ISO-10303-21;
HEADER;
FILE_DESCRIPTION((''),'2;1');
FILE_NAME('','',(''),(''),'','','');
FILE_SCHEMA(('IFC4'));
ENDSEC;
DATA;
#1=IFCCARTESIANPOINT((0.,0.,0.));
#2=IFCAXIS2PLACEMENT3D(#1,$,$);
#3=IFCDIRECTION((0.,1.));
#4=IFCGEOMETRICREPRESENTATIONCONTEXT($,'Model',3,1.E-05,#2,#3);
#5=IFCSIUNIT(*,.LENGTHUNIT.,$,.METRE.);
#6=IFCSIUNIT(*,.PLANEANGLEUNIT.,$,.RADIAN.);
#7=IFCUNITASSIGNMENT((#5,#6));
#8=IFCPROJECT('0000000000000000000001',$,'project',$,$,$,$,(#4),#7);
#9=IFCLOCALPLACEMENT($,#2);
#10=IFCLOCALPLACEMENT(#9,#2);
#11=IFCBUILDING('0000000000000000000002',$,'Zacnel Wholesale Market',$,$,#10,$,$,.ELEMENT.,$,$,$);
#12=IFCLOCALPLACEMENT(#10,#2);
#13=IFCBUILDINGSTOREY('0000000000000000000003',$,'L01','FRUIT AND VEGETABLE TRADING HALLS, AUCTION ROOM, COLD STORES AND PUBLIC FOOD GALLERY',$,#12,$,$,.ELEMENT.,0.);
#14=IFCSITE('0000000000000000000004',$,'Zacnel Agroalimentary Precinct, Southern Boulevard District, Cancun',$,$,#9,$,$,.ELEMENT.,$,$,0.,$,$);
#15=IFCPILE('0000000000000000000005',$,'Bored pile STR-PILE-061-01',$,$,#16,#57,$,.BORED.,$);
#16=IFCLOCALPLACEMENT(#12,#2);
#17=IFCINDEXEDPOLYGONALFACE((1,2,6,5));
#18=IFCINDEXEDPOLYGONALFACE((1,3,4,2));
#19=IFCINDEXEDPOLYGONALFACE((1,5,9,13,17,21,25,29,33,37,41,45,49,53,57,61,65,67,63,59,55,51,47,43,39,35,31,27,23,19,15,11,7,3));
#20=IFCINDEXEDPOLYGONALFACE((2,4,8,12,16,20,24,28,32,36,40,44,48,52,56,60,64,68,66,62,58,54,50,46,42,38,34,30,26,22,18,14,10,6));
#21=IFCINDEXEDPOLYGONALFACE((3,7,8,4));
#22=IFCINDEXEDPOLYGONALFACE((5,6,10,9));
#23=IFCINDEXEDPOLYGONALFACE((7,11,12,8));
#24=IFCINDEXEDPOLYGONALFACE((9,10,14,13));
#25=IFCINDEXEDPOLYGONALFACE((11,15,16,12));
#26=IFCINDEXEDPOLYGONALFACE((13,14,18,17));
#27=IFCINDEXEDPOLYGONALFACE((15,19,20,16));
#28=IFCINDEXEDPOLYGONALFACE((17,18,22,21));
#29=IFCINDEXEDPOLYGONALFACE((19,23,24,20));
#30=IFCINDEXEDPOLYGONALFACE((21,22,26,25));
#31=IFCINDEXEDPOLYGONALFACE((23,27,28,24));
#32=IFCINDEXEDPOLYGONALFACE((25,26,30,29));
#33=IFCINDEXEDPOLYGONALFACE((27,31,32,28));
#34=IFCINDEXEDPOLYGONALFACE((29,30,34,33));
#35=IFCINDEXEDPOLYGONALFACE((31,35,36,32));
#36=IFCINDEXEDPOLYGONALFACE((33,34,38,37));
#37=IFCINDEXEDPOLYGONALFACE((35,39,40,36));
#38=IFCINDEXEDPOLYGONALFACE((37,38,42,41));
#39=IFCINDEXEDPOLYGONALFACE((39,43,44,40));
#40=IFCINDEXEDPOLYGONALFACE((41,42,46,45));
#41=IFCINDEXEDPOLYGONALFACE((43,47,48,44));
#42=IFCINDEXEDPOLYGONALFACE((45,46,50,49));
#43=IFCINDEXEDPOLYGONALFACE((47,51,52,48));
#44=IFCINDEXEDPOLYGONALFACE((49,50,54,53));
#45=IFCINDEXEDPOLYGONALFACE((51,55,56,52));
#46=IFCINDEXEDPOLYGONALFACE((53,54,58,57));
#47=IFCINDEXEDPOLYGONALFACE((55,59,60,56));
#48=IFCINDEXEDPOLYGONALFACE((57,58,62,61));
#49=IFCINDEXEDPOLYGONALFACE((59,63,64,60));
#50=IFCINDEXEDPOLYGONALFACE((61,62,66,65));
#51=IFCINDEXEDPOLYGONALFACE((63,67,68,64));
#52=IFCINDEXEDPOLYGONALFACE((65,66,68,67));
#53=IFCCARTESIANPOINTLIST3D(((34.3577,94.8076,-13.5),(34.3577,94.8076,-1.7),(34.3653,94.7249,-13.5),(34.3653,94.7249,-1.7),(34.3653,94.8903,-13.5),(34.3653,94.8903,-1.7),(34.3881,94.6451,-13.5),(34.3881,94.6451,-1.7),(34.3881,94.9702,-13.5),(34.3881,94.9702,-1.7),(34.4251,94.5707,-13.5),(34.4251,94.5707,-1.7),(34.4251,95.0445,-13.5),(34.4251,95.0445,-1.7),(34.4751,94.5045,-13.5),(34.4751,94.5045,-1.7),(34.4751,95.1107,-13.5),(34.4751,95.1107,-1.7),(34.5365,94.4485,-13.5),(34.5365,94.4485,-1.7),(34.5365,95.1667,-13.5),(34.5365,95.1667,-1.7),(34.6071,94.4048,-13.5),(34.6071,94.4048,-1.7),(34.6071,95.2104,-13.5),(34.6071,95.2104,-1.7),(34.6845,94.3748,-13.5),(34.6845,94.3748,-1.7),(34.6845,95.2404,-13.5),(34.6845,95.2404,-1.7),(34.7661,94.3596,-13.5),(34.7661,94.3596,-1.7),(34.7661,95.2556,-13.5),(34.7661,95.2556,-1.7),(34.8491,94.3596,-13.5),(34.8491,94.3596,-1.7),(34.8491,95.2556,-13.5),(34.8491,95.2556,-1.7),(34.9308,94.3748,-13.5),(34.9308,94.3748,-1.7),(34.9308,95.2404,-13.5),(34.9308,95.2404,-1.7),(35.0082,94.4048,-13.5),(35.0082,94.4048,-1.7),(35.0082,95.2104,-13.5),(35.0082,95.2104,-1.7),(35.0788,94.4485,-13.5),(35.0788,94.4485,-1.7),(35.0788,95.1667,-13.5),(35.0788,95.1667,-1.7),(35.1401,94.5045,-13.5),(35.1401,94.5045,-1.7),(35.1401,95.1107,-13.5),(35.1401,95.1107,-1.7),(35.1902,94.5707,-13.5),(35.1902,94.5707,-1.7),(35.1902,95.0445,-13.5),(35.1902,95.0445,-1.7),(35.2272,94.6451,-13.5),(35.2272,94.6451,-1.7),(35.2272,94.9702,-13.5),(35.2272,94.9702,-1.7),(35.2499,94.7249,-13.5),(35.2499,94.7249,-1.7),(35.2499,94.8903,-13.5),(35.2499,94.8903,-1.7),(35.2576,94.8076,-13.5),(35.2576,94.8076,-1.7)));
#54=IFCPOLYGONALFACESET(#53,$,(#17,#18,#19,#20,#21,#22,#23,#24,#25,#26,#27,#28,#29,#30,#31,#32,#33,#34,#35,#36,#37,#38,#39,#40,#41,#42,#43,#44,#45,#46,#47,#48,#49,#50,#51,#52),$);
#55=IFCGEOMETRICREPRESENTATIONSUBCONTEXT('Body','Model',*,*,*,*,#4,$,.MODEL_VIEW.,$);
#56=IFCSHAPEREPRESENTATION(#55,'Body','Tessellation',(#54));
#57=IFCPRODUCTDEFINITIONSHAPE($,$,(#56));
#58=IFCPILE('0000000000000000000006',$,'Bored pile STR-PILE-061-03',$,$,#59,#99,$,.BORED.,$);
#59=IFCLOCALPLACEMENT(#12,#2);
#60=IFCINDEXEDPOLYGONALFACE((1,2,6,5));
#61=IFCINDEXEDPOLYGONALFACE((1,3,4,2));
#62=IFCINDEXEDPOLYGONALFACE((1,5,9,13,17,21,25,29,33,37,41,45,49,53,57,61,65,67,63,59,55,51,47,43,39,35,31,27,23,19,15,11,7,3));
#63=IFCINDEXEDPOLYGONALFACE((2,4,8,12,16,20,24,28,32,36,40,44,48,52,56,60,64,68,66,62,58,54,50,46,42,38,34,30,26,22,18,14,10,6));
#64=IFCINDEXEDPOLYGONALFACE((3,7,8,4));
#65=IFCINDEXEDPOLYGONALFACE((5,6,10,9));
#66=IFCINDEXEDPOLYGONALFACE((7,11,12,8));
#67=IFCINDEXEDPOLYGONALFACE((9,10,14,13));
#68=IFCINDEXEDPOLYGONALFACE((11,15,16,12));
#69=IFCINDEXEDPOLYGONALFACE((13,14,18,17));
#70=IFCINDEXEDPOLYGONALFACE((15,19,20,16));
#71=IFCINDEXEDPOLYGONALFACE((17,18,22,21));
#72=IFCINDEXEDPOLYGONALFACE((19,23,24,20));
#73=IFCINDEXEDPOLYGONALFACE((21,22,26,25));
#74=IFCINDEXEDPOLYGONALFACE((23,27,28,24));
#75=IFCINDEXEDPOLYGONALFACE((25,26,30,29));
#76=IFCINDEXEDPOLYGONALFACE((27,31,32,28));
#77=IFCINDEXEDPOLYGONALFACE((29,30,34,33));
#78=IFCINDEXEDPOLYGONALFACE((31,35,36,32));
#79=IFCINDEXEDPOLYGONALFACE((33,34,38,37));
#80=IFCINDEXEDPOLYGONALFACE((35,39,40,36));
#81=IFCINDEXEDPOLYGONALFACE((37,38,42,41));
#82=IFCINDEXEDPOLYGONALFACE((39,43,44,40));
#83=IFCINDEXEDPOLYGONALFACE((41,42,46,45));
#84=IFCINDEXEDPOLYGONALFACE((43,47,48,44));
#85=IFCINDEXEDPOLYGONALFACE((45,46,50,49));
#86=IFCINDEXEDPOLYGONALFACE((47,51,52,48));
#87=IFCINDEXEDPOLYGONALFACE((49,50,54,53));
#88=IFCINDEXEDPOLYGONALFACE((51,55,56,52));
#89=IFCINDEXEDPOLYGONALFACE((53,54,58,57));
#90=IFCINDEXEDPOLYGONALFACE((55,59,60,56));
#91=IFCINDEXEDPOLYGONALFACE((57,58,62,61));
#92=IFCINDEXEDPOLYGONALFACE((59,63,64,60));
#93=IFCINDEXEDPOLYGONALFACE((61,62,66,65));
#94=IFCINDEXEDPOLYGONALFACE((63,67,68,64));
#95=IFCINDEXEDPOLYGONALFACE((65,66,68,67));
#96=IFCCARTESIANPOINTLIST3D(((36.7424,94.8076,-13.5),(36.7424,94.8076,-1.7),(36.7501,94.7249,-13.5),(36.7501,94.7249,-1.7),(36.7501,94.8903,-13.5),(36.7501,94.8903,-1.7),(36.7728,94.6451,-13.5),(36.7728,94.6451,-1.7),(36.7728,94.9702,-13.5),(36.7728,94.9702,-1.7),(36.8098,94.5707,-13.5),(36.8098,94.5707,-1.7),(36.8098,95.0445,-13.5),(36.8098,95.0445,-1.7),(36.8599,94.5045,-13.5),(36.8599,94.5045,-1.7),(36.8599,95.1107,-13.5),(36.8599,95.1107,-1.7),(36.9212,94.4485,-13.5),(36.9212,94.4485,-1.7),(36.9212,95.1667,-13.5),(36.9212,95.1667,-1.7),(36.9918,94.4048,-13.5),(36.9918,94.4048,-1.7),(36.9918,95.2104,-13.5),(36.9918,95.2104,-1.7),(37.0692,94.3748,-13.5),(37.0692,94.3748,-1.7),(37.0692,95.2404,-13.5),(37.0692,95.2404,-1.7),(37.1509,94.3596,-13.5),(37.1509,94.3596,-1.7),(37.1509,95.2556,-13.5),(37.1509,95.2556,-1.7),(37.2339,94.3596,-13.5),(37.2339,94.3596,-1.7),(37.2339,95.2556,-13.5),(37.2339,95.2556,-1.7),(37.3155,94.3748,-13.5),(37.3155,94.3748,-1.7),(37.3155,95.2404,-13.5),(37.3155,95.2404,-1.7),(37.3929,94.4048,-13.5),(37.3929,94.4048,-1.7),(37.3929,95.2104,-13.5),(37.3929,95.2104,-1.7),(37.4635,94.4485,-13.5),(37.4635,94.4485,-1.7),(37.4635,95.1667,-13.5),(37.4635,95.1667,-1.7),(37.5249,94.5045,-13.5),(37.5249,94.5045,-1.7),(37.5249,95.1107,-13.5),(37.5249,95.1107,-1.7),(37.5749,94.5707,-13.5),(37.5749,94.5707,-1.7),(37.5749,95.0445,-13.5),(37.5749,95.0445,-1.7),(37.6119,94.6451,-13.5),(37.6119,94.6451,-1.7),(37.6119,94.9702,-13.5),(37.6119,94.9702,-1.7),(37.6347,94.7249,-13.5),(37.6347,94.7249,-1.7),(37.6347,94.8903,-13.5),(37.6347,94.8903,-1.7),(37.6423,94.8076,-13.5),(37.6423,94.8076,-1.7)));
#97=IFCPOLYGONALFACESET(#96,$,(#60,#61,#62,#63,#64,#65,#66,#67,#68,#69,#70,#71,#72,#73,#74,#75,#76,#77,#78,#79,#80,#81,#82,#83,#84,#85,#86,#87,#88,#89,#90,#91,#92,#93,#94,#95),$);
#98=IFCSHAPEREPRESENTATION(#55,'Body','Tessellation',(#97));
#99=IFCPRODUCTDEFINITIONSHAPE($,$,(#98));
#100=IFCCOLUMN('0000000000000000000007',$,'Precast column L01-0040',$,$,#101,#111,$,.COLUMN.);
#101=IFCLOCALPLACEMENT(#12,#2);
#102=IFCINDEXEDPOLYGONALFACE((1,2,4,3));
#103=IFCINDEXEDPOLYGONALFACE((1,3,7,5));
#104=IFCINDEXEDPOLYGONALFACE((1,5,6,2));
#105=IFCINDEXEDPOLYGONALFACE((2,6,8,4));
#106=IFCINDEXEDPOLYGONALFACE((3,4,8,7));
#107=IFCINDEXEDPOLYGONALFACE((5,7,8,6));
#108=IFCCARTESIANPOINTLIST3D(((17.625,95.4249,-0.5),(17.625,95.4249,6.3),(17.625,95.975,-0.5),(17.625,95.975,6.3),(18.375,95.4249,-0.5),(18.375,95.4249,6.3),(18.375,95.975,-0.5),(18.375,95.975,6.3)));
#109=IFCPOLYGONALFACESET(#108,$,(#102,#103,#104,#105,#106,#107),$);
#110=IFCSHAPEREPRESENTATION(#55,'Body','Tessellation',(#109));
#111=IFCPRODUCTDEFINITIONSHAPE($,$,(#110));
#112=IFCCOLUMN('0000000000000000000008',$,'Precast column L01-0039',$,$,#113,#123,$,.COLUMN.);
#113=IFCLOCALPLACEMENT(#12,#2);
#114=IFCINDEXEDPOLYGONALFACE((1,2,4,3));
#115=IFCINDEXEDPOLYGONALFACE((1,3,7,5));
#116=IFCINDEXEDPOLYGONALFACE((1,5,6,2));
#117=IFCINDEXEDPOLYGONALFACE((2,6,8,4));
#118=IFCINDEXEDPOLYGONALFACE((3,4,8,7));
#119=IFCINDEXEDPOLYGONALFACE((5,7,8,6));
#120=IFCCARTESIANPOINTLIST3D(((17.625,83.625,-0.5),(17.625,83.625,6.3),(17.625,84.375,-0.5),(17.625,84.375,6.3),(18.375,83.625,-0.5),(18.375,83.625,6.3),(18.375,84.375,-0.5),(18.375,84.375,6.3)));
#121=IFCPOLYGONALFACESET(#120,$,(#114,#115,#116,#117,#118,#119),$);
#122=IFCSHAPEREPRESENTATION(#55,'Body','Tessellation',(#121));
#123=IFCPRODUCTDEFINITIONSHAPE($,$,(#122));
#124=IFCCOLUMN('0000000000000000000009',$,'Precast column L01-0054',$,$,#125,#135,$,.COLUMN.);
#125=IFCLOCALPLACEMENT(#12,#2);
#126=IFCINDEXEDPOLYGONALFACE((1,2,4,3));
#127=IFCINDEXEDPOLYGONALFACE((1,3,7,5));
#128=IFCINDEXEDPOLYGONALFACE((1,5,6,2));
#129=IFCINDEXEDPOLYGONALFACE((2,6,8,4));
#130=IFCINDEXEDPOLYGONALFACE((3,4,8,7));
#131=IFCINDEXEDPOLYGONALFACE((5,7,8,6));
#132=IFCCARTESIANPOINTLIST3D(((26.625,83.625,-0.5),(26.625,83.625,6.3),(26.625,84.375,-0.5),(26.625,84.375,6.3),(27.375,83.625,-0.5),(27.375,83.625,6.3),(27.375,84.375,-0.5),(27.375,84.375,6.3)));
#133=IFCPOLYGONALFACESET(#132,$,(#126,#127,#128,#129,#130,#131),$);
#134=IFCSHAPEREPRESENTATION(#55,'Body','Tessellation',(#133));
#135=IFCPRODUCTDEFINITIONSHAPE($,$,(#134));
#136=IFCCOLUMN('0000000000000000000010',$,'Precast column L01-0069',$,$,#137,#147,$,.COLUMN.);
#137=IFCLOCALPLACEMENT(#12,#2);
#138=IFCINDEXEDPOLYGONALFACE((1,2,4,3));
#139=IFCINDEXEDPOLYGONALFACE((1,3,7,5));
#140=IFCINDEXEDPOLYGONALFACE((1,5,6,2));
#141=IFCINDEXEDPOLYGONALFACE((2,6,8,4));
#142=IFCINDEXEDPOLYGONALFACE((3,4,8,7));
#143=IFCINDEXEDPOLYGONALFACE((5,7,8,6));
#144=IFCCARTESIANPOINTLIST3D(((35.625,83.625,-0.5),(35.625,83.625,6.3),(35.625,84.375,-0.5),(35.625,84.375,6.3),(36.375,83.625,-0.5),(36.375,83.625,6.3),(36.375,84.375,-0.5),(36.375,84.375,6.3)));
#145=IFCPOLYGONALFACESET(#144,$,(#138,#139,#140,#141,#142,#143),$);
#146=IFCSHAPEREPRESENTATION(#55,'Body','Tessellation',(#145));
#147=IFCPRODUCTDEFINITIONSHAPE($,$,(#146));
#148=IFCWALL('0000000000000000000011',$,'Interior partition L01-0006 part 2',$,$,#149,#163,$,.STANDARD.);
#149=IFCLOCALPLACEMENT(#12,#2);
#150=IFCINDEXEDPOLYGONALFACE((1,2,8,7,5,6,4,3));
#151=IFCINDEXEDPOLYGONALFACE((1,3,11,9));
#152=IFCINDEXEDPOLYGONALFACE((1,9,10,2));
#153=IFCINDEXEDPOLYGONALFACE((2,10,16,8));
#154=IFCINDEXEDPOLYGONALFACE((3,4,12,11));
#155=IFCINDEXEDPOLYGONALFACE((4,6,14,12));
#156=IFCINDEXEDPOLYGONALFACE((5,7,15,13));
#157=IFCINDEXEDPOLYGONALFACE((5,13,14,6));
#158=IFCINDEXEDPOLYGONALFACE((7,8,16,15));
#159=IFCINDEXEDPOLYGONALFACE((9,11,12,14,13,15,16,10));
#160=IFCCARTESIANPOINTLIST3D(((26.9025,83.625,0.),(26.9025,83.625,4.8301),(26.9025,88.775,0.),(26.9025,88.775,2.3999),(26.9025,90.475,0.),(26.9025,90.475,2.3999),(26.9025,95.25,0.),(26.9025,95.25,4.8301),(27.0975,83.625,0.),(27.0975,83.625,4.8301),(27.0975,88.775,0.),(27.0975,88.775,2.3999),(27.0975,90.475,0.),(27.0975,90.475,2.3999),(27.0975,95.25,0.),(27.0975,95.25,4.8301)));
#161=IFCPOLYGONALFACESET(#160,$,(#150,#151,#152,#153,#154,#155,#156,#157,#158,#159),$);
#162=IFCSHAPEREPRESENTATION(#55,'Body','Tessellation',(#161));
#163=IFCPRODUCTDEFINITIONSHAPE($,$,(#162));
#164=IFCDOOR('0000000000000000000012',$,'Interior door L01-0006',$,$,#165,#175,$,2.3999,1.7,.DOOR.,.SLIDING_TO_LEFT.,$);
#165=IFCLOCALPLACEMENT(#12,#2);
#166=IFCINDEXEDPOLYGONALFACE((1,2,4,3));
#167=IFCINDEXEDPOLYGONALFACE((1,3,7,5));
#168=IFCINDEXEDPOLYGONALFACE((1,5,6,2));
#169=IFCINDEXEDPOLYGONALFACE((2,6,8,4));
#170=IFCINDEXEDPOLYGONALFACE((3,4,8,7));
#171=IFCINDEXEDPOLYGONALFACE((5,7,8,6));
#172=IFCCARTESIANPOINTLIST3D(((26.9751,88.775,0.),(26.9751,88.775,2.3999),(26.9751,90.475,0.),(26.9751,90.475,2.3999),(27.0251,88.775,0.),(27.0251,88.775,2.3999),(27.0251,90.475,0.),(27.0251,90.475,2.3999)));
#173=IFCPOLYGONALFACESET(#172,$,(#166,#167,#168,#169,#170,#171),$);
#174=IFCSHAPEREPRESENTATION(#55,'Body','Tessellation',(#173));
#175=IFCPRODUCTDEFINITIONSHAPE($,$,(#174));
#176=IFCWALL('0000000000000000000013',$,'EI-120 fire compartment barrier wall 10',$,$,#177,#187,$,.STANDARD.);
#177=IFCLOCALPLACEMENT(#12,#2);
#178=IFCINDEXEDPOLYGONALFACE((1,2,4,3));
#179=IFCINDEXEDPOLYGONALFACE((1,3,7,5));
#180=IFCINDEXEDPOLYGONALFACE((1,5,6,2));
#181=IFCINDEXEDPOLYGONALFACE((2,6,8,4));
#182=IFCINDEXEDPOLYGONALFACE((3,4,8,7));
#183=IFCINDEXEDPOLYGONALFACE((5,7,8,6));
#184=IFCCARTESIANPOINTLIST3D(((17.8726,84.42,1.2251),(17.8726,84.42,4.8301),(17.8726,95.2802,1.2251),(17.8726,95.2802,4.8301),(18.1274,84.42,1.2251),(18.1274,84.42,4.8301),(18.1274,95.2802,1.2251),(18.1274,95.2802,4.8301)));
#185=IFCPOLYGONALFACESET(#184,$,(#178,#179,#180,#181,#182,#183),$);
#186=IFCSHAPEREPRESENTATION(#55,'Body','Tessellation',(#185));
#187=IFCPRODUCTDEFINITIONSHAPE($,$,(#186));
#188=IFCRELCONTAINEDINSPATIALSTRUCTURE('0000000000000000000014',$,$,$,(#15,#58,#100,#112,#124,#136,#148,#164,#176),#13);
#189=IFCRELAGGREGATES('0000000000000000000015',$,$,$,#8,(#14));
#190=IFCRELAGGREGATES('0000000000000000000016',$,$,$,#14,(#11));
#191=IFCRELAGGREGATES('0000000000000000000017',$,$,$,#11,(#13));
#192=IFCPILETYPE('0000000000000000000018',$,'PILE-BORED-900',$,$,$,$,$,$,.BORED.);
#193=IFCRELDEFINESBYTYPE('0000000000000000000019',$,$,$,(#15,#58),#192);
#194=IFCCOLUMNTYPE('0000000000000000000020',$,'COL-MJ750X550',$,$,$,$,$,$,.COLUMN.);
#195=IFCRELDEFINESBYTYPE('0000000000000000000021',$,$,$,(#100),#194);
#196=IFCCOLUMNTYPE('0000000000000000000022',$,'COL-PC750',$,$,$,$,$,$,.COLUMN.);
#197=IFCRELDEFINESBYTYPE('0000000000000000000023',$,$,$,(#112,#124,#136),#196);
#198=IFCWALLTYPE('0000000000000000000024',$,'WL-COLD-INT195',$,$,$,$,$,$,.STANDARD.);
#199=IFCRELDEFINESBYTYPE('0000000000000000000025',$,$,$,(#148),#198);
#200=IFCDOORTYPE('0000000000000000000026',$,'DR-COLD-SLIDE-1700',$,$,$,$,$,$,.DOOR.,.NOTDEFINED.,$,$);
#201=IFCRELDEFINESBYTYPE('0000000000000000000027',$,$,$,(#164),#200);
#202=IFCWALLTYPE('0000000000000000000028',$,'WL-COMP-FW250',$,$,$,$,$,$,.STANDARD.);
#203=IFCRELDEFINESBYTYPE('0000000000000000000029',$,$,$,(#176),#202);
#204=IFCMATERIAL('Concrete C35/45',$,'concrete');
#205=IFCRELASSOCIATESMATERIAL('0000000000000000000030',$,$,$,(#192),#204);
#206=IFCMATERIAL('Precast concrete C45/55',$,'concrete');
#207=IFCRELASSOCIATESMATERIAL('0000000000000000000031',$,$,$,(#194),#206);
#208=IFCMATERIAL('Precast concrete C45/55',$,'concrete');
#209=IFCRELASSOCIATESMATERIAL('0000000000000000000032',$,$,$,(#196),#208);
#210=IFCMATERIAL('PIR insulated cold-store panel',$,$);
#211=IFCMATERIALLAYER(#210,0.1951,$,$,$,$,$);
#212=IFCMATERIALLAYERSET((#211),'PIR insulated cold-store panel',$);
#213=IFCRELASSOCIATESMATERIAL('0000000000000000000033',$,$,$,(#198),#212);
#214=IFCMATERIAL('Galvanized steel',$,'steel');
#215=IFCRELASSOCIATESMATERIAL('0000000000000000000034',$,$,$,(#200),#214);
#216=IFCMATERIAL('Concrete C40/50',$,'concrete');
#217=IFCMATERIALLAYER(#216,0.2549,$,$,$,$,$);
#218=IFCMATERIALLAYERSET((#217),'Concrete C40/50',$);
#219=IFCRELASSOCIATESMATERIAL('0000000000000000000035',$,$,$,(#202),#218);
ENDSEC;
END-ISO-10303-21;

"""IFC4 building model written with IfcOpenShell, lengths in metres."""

from ifc_helpers import new_model, si_unit, direction, frame, frame_2d, origin, origin_2d, place, context, subcontext, project, spatial, rectangle, circle, extrude, material, layer, layer_set, material_profile, profile_set, type_object, element, fill, save


model = new_model("IFC4")

# Units and contexts
model_context = context("Model", 3, precision=1e-05, world=origin(), true_north=direction((0.0, 1.0)))
body_context = subcontext(model_context, "Body", "Model", "MODEL_VIEW")
ifc_project = project(units=[si_unit("LENGTHUNIT", "METRE"), si_unit("PLANEANGLEUNIT", "RADIAN")], contexts=[model_context])

# Site, building, storey
site_placement = place(None, origin())
site = spatial("IfcSite", under=ifc_project, at=site_placement, Name="Zacnel Agroalimentary Precinct, Southern Boulevard District, Cancun", CompositionType="ELEMENT", RefElevation=0.0)
building_placement = place(site_placement, origin())
building = spatial("IfcBuilding", under=site, at=building_placement, Name="Zacnel Wholesale Market", CompositionType="ELEMENT")
storey_placement = place(building_placement, origin())
storey = spatial("IfcBuildingStorey", under=building, at=storey_placement, Name="L01", Description="FRUIT AND VEGETABLE TRADING HALLS, AUCTION ROOM, COLD STORES AND PUBLIC FOOD GALLERY", CompositionType="ELEMENT", Elevation=0.0)

# Piles
ifc_material_1 = material(Name="Concrete C35/45", Category="concrete")
ifc_material_profile_1 = material_profile(ifc_material_1, circle(Radius=0.45, at=origin_2d()), Name="BORED PILE D900")
ifc_profile_set_1 = profile_set([ifc_material_profile_1], Name="Concrete C35/45")
pile_type = type_object("IfcPileType", Name="PILE-BORED-900", PredefinedType="BORED", material=ifc_profile_set_1)
for number, where, z_axis, x_axis, name in (
    (1, (34.8076, 94.8076, -1.7), (0.0, 0.0, -1.0), (1.0, 0.0, 0.0), "Bored pile STR-PILE-061-01"),
    (2, (37.1924, 94.8076, -1.7), (0.0, 0.0, -1.0), (1.0, 0.0, 0.0), "Bored pile STR-PILE-061-03"),
):
    element("IfcPile", number, at=place(storey_placement, frame(where, z_axis=z_axis, x_axis=x_axis)), inside=storey, type_object=pile_type, Name=name, PredefinedType="BORED", context=body_context, shape_type="SweptSolid", body=[
        extrude(circle(Radius=0.45, at=origin_2d()), origin(), (0.0, 0.0, 1.0), 11.8),
    ])

# Columns
ifc_material_2 = material(Name="Precast concrete C45/55", Category="concrete")
ifc_material_profile_2 = material_profile(ifc_material_2, rectangle(XDim=0.75, YDim=0.55, at=origin_2d()), Name="PC 750x550")
ifc_profile_set_2 = profile_set([ifc_material_profile_2], Name="Precast concrete C45/55")
column_type_1 = type_object("IfcColumnType", Name="COL-MJ750X550", PredefinedType="COLUMN", material=ifc_profile_set_2)
column_placement = place(storey_placement, frame((18.0, 95.7, -0.5), z_axis=(0.0, 0.0, 1.0), x_axis=(1.0, 0.0, 0.0)))
element("IfcColumn", 3, at=column_placement, inside=storey, type_object=column_type_1, Name="Precast column L01-0040", PredefinedType="COLUMN", context=body_context, shape_type="SweptSolid", body=[
    extrude(rectangle(XDim=0.75, YDim=0.55, at=origin_2d()), origin(), (0.0, 0.0, 1.0), 6.8),
])
ifc_material_3 = material(Name="Precast concrete C45/55", Category="concrete")
ifc_material_profile_3 = material_profile(ifc_material_3, rectangle(XDim=0.75, YDim=0.75, at=origin_2d()), Name="PC 750x750")
ifc_profile_set_3 = profile_set([ifc_material_profile_3], Name="Precast concrete C45/55")
column_type_2 = type_object("IfcColumnType", Name="COL-PC750", PredefinedType="COLUMN", material=ifc_profile_set_3)
for number, where, z_axis, x_axis, name in (
    (4, (18.0, 84.0, -0.5), (0.0, 0.0, 1.0), (1.0, 0.0, 0.0), "Precast column L01-0039"),
    (5, (27.0, 84.0, -0.5), (0.0, 0.0, 1.0), (1.0, 0.0, 0.0), "Precast column L01-0054"),
    (6, (36.0, 84.0, -0.5), (0.0, 0.0, 1.0), (1.0, 0.0, 0.0), "Precast column L01-0069"),
):
    element("IfcColumn", number, at=place(storey_placement, frame(where, z_axis=z_axis, x_axis=x_axis)), inside=storey, type_object=column_type_2, Name=name, PredefinedType="COLUMN", context=body_context, shape_type="SweptSolid", body=[
        extrude(rectangle(XDim=0.75, YDim=0.75, at=origin_2d()), origin(), (0.0, 0.0, 1.0), 6.8),
    ])

# Wall, opening, door
ifc_material_4 = material(Name="PIR insulated cold-store panel")
ifc_layer_1 = layer(ifc_material_4, 0.1951)
ifc_layer_set_1 = layer_set([ifc_layer_1], Name="PIR insulated cold-store panel")
wall_type_1 = type_object("IfcWallType", Name="WL-COLD-INT195", PredefinedType="STANDARD", material=ifc_layer_set_1)
wall_1_placement = place(storey_placement, frame((27.0, 83.625, 0.0), z_axis=(0.0, 0.0, 1.0), x_axis=(0.0, 1.0, 0.0)))
wall_1 = element("IfcWall", 7, at=wall_1_placement, inside=storey, type_object=wall_type_1, Name="Interior partition L01-0006 part 2", PredefinedType="STANDARD", context=body_context, shape_type="SweptSolid", body=[
    extrude(rectangle(XDim=11.625, YDim=0.1951, at=frame_2d((5.8125, 0.0))), origin(), (0.0, 0.0, 1.0), 4.8301),
])
opening_placement = place(wall_1_placement, frame((5.1499, 0.0, 0.0)))
opening = element("IfcOpeningElement", 8, at=opening_placement, cuts=wall_1, PredefinedType="OPENING", context=body_context, shape_type="SweptSolid", body=[
    extrude(rectangle(XDim=1.7, YDim=2.3999, at=frame_2d((0.8501, 1.2))), frame((0.0, 0.1074, 0.0), z_axis=(0.0, -1.0, 0.0), x_axis=(1.0, 0.0, 0.0)), (0.0, 0.0, 1.0), 0.2151),
])
ifc_material_5 = material(Name="Galvanized steel", Category="steel")
door_type = type_object("IfcDoorType", Name="DR-COLD-SLIDE-1700", OperationType="NOTDEFINED", PredefinedType="DOOR", material=ifc_material_5)
door_placement = place(opening_placement, origin())
door = element("IfcDoor", 9, at=door_placement, inside=storey, type_object=door_type, Name="Interior door L01-0006", OperationType="SLIDING_TO_LEFT", OverallHeight=2.3999, OverallWidth=1.7, PredefinedType="DOOR", context=body_context, shape_type="SweptSolid", body=[
    extrude(rectangle(XDim=1.7, YDim=2.3999, at=frame_2d((0.8501, 1.2))), frame((0.0, 0.0249, 0.0), z_axis=(0.0, -1.0, 0.0), x_axis=(1.0, 0.0, 0.0)), (0.0, 0.0, 1.0), 0.05),
])
fill(opening, door)

# Wall
ifc_material_6 = material(Name="Concrete C40/50", Category="concrete")
ifc_layer_2 = layer(ifc_material_6, 0.2549)
ifc_layer_set_2 = layer_set([ifc_layer_2], Name="Concrete C40/50")
wall_type_2 = type_object("IfcWallType", Name="WL-COMP-FW250", PredefinedType="STANDARD", material=ifc_layer_set_2)
wall_2_placement = place(storey_placement, frame((18.0, 84.4199, 1.2251), z_axis=(0.0, 0.0, 1.0), x_axis=(0.0, 1.0, 0.0)))
element("IfcWall", 10, at=wall_2_placement, inside=storey, type_object=wall_type_2, Name="EI-120 fire compartment barrier wall 10", PredefinedType="STANDARD", context=body_context, shape_type="SweptSolid", body=[
    extrude(rectangle(XDim=10.8601, YDim=0.2549, at=frame_2d((5.4302, 0.0))), origin(), (0.0, 0.0, 1.0), 3.605),
])

save(model, "model.ifc")
